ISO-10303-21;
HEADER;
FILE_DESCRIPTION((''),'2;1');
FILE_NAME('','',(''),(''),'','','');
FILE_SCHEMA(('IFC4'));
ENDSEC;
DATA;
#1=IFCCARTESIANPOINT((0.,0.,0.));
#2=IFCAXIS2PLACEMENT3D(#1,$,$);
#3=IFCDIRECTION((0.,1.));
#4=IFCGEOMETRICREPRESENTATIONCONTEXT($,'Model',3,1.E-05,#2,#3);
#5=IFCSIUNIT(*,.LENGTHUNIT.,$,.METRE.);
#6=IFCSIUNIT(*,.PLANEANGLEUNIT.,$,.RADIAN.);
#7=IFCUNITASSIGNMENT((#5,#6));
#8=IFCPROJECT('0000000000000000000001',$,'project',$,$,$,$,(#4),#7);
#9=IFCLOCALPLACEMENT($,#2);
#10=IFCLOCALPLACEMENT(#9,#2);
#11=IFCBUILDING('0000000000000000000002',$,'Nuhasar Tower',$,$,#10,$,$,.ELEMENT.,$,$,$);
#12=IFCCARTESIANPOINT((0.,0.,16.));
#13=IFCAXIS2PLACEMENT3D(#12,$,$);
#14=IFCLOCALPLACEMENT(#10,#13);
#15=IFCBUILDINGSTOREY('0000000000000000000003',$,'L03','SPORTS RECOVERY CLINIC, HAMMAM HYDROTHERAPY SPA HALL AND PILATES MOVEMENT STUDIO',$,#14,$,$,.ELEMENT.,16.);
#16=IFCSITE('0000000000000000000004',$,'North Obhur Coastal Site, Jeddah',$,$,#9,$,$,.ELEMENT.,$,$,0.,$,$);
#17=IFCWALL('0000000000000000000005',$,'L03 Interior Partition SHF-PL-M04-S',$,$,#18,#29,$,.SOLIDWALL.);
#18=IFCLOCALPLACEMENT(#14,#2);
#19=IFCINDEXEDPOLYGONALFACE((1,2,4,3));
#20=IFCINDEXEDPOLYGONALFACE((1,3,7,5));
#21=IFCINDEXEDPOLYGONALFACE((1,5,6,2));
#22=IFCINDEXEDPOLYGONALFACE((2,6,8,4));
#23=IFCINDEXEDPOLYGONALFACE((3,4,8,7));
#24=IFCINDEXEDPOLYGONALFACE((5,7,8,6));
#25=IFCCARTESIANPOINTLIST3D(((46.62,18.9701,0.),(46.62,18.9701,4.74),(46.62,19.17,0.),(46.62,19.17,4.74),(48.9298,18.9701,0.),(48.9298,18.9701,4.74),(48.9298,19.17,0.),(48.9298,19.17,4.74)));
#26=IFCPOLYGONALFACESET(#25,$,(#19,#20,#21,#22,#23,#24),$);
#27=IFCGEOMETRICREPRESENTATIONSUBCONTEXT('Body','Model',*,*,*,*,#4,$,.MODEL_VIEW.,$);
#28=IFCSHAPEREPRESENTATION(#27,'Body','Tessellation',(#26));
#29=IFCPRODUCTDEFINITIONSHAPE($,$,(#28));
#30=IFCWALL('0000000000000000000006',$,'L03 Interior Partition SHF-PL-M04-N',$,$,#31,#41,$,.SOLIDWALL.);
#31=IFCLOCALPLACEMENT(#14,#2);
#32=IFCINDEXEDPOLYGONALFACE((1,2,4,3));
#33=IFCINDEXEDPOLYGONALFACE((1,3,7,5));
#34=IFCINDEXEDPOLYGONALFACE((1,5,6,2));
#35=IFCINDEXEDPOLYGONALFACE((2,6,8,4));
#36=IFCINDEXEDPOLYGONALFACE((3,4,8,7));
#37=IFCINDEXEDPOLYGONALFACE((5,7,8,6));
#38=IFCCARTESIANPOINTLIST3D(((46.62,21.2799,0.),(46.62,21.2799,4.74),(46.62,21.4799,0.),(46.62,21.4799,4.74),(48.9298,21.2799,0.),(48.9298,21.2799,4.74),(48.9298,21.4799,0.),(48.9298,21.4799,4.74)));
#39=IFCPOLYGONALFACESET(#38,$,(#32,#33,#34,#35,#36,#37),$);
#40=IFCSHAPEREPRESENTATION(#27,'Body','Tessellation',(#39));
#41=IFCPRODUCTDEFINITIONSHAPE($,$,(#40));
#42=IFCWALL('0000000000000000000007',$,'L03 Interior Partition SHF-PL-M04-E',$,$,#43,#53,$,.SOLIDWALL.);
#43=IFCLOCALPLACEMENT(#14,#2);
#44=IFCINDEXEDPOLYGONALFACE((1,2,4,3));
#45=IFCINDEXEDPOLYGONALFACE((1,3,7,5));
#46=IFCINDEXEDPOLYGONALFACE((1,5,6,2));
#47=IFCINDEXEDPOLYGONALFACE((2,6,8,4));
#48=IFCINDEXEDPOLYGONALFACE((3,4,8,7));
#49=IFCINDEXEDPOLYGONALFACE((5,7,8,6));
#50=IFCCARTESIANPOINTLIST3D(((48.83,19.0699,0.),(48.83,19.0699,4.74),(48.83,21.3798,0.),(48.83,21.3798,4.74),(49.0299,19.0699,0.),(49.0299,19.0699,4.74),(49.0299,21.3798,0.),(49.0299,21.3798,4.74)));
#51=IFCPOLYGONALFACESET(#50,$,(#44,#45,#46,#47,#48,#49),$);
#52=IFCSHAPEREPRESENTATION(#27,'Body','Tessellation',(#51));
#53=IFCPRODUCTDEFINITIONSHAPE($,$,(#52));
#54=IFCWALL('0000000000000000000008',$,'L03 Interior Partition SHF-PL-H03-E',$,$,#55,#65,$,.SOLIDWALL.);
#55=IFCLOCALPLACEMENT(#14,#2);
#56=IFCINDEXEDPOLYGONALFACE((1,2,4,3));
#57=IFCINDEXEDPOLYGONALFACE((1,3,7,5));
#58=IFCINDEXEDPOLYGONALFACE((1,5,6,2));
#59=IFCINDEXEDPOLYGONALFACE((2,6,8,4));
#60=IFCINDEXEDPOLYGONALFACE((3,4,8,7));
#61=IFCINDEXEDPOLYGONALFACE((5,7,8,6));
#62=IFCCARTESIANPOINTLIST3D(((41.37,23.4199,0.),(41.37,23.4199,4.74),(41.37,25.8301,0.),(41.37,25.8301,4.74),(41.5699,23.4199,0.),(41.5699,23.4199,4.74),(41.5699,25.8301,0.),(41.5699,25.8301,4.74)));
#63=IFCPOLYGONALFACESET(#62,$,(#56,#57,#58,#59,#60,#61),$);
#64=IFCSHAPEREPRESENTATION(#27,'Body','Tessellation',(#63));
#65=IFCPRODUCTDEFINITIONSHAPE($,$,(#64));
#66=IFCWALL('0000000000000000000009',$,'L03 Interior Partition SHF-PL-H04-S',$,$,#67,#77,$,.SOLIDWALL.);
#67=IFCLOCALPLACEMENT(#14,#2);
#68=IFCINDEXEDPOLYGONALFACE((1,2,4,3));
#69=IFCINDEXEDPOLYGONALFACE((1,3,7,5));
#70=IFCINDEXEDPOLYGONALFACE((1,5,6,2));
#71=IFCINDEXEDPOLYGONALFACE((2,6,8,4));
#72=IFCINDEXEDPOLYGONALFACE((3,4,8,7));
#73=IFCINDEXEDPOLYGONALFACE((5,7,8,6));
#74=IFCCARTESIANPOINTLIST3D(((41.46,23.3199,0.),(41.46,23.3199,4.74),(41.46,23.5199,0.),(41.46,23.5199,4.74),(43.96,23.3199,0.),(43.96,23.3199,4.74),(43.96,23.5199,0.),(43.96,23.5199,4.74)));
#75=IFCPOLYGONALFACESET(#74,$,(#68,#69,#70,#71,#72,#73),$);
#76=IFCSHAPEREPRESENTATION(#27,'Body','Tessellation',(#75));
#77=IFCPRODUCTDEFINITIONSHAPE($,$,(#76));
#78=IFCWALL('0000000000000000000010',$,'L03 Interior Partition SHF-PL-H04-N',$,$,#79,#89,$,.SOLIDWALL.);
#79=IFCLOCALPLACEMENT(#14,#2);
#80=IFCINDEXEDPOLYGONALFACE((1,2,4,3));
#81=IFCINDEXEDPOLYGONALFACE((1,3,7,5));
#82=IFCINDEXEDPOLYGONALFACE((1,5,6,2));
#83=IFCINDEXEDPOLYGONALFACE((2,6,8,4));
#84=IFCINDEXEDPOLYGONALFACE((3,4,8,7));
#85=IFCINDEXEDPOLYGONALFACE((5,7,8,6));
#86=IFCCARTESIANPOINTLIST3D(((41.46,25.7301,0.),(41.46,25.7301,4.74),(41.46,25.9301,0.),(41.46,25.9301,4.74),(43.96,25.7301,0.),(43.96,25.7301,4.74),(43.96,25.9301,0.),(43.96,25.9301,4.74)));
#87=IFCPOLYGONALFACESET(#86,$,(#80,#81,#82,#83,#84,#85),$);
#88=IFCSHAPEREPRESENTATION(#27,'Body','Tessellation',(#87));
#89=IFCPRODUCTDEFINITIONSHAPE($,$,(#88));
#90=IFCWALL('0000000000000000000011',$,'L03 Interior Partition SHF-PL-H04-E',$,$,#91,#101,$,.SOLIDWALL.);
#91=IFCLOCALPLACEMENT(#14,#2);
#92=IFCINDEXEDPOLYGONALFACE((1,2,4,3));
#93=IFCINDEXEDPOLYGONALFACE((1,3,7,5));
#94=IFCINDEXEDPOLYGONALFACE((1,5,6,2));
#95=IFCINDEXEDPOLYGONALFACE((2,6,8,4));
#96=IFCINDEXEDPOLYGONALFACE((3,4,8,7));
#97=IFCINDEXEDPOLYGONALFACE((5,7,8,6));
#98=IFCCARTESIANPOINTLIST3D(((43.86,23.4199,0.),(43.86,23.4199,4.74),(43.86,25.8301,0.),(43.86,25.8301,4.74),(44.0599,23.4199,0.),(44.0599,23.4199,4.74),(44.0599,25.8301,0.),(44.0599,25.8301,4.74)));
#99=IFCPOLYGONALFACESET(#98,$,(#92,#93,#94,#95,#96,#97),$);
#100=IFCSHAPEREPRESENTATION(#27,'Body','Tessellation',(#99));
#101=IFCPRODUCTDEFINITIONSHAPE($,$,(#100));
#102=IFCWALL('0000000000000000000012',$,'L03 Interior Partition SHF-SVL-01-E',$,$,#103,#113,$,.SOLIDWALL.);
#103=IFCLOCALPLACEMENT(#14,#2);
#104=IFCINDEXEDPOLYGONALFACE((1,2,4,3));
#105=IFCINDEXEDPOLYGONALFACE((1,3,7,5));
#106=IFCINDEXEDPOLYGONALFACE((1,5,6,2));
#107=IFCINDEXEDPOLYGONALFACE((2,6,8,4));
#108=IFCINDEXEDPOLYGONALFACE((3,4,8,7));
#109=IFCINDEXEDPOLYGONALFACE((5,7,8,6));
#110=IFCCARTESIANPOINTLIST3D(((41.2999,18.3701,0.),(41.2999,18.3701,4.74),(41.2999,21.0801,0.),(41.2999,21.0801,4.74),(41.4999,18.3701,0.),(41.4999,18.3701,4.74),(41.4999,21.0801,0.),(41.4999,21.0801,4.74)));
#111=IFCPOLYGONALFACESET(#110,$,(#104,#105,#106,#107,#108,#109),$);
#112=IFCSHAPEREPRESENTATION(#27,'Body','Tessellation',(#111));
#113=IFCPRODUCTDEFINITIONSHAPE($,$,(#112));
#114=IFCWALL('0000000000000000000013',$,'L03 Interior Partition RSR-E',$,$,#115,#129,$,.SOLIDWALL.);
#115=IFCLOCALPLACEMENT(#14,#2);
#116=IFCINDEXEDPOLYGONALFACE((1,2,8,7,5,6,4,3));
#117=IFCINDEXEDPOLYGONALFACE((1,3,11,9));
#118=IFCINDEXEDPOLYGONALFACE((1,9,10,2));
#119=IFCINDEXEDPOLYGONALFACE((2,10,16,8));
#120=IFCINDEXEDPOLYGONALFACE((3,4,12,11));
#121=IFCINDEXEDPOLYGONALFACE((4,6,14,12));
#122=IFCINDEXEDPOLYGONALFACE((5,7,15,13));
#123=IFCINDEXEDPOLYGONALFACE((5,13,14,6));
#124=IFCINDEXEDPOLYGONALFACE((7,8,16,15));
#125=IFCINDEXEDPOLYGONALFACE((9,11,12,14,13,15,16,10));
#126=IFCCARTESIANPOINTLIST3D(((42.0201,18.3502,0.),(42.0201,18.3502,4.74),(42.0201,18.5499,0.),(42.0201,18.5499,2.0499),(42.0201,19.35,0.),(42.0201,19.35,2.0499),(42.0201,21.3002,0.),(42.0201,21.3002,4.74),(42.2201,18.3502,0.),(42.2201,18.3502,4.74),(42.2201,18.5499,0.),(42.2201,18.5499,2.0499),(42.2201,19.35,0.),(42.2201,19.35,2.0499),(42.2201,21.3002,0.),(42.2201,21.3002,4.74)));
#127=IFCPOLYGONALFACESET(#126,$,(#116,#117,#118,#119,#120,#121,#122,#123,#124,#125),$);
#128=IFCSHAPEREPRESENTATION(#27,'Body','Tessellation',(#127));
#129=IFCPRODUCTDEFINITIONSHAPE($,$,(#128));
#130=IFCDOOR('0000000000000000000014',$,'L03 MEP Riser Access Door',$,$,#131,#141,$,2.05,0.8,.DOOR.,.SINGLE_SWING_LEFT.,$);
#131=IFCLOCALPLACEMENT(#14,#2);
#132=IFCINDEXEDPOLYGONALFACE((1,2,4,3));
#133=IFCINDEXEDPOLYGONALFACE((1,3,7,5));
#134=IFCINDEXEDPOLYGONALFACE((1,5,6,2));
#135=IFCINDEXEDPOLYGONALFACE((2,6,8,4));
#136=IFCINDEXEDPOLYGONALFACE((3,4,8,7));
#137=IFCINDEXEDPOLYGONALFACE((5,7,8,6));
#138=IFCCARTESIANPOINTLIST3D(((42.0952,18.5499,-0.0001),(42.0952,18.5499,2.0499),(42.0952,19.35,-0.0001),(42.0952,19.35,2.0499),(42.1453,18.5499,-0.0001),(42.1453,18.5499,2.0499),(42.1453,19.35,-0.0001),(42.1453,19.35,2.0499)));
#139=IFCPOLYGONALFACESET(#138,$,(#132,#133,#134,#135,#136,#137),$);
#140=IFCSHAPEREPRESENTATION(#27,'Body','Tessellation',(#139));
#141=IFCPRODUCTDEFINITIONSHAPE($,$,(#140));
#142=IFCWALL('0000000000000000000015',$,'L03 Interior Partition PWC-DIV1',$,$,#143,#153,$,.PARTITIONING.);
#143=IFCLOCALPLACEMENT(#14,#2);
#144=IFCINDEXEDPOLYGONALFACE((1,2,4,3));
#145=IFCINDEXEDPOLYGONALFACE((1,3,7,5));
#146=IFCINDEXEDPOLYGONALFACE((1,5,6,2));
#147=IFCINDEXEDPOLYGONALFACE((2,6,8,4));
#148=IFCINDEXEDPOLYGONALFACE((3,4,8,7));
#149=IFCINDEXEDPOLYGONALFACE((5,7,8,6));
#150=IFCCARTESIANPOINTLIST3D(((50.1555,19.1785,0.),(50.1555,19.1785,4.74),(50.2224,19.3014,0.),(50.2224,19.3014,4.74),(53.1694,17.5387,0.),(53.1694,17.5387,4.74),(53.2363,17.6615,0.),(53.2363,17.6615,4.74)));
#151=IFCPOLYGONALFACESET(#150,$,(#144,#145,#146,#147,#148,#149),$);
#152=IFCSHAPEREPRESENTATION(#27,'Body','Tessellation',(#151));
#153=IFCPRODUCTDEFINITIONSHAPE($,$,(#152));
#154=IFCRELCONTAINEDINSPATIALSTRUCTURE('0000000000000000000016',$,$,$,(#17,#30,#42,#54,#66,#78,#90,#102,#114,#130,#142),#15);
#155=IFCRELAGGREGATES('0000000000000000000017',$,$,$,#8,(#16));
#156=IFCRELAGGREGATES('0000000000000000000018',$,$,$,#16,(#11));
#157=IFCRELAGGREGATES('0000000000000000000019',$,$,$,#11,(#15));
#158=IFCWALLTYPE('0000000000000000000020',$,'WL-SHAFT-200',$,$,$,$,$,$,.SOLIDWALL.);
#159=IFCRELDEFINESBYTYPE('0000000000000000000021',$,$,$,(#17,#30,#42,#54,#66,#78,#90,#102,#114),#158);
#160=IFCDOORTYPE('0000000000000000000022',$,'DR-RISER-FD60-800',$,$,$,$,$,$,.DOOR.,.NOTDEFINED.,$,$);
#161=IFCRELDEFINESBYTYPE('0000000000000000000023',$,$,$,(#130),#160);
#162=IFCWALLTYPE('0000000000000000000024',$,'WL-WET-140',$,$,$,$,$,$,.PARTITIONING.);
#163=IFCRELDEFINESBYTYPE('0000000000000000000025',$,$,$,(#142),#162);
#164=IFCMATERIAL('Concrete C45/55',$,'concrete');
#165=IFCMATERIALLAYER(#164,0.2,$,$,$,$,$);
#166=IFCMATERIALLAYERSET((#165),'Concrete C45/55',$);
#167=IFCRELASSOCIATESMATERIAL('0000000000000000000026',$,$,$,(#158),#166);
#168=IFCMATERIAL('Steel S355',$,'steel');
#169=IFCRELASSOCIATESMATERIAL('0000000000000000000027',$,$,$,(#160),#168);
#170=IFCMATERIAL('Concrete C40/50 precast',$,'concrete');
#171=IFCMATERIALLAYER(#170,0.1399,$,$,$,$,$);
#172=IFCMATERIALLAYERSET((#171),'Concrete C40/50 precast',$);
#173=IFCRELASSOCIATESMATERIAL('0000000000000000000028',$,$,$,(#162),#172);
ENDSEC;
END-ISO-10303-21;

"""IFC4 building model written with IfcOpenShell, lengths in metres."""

from ifc_helpers import new_model, si_unit, direction, frame, frame_2d, origin, place, context, subcontext, project, spatial, rectangle, extrude, material, layer, layer_set, type_object, element, fill, save


model = new_model("IFC4")

# Units and contexts
model_context = context("Model", 3, precision=1e-05, world=origin(), true_north=direction((0.0, 1.0)))
body_context = subcontext(model_context, "Body", "Model", "MODEL_VIEW")
ifc_project = project(units=[si_unit("LENGTHUNIT", "METRE"), si_unit("PLANEANGLEUNIT", "RADIAN")], contexts=[model_context])

# Site, building, storey
site_placement = place(None, origin())
site = spatial("IfcSite", under=ifc_project, at=site_placement, Name="North Obhur Coastal Site, Jeddah", CompositionType="ELEMENT", RefElevation=0.0)
building_placement = place(site_placement, origin())
building = spatial("IfcBuilding", under=site, at=building_placement, Name="Nuhasar Tower", CompositionType="ELEMENT")
storey_placement = place(building_placement, frame((0.0, 0.0, 16.0)))
storey = spatial("IfcBuildingStorey", under=building, at=storey_placement, Name="L03", Description="SPORTS RECOVERY CLINIC, HAMMAM HYDROTHERAPY SPA HALL AND PILATES MOVEMENT STUDIO", CompositionType="ELEMENT", Elevation=16.0)

# Shared definitions
ifc_material_1 = material(Name="Steel S355", Category="steel")

# Shared definitions
ifc_material_2 = material(Name="Concrete C45/55", Category="concrete")

# Walls
ifc_layer_1 = layer(ifc_material_2, 0.2)
ifc_layer_set_1 = layer_set([ifc_layer_1], Name="Concrete C45/55")
wall_type_1 = type_object("IfcWallType", Name="WL-SHAFT-200", PredefinedType="SOLIDWALL", material=ifc_layer_set_1)
for number, where, z_axis, x_axis, name in (
    (1, (46.6201, 19.0701, 0.0), (0.0, 0.0, 1.0), (1.0, 0.0, 0.0), "L03 Interior Partition SHF-PL-M04-S"),
    (2, (46.6201, 21.3799, 0.0), (0.0, 0.0, 1.0), (1.0, 0.0, 0.0), "L03 Interior Partition SHF-PL-M04-N"),
    (3, (48.9299, 19.0701, 0.0), (0.0, 0.0, 1.0), (0.0, 1.0, 0.0), "L03 Interior Partition SHF-PL-M04-E"),
):
    element("IfcWall", number, at=place(storey_placement, frame(where, z_axis=z_axis, x_axis=x_axis)), inside=storey, type_object=wall_type_1, Name=name, PredefinedType="SOLIDWALL", context=body_context, shape_type="SweptSolid", body=[
        extrude(rectangle(XDim=2.3098, YDim=0.2, at=frame_2d((1.1548, 0.0))), origin(), (0.0, 0.0, 1.0), 4.74),
    ])
wall_1_placement = place(storey_placement, frame((41.47, 23.4199, 0.0), z_axis=(0.0, 0.0, 1.0), x_axis=(0.0, 1.0, 0.0)))
element("IfcWall", 4, at=wall_1_placement, inside=storey, type_object=wall_type_1, Name="L03 Interior Partition SHF-PL-H03-E", PredefinedType="SOLIDWALL", context=body_context, shape_type="SweptSolid", body=[
    extrude(rectangle(XDim=2.4102, YDim=0.2, at=frame_2d((1.2051, 0.0))), origin(), (0.0, 0.0, 1.0), 4.74),
])
for number, where, z_axis, x_axis, name in (
    (5, (41.46, 23.4199, 0.0), (0.0, 0.0, 1.0), (1.0, 0.0, 0.0), "L03 Interior Partition SHF-PL-H04-S"),
    (6, (41.46, 25.8301, 0.0), (0.0, 0.0, 1.0), (1.0, 0.0, 0.0), "L03 Interior Partition SHF-PL-H04-N"),
):
    element("IfcWall", number, at=place(storey_placement, frame(where, z_axis=z_axis, x_axis=x_axis)), inside=storey, type_object=wall_type_1, Name=name, PredefinedType="SOLIDWALL", context=body_context, shape_type="SweptSolid", body=[
        extrude(rectangle(XDim=2.5, YDim=0.2, at=frame_2d((1.25, 0.0))), origin(), (0.0, 0.0, 1.0), 4.74),
    ])
wall_2_placement = place(storey_placement, frame((43.96, 23.4199, 0.0), z_axis=(0.0, 0.0, 1.0), x_axis=(0.0, 1.0, 0.0)))
element("IfcWall", 7, at=wall_2_placement, inside=storey, type_object=wall_type_1, Name="L03 Interior Partition SHF-PL-H04-E", PredefinedType="SOLIDWALL", context=body_context, shape_type="SweptSolid", body=[
    extrude(rectangle(XDim=2.4102, YDim=0.2, at=frame_2d((1.2051, 0.0))), origin(), (0.0, 0.0, 1.0), 4.74),
])
wall_3_placement = place(storey_placement, frame((41.3999, 18.3701, 0.0), z_axis=(0.0, 0.0, 1.0), x_axis=(0.0, 1.0, 0.0)))
element("IfcWall", 8, at=wall_3_placement, inside=storey, type_object=wall_type_1, Name="L03 Interior Partition SHF-SVL-01-E", PredefinedType="SOLIDWALL", context=body_context, shape_type="SweptSolid", body=[
    extrude(rectangle(XDim=2.71, YDim=0.2, at=frame_2d((1.355, 0.0))), origin(), (0.0, 0.0, 1.0), 4.74),
])

# Wall, opening, door
wall_4_placement = place(storey_placement, frame((42.1201, 18.3501, 0.0), z_axis=(0.0, 0.0, 1.0), x_axis=(0.0, 1.0, 0.0)))
wall_4 = element("IfcWall", 9, at=wall_4_placement, inside=storey, type_object=wall_type_1, Name="L03 Interior Partition RSR-E", PredefinedType="SOLIDWALL", context=body_context, shape_type="SweptSolid", body=[
    extrude(rectangle(XDim=2.95, YDim=0.2, at=frame_2d((1.4751, 0.0))), origin(), (0.0, 0.0, 1.0), 4.74),
])
opening_1_placement = place(wall_4_placement, frame((0.2, 0.0, 0.0)))
opening_1 = element("IfcOpeningElement", 10, at=opening_1_placement, cuts=wall_4, PredefinedType="OPENING", context=body_context, shape_type="SweptSolid", body=[
    extrude(rectangle(XDim=0.8, YDim=2.05, at=frame_2d((0.3999, 1.0249))), frame((0.0, 0.1099, 0.0), z_axis=(0.0, -1.0, 0.0), x_axis=(1.0, 0.0, 0.0)), (0.0, 0.0, 1.0), 0.22),
])
door_type_1 = type_object("IfcDoorType", Name="DR-RISER-FD60-800", OperationType="NOTDEFINED", PredefinedType="DOOR", material=ifc_material_1)
door_1_placement = place(opening_1_placement, origin())
door_1 = element("IfcDoor", 11, at=door_1_placement, inside=storey, type_object=door_type_1, Name="L03 MEP Riser Access Door", OperationType="SINGLE_SWING_LEFT", OverallHeight=2.05, OverallWidth=0.8, PredefinedType="DOOR", context=body_context, shape_type="SweptSolid", body=[
    extrude(rectangle(XDim=0.8, YDim=2.05, at=frame_2d((0.3999, 1.0249))), frame((0.0, 0.0249, 0.0), z_axis=(0.0, -1.0, 0.0), x_axis=(1.0, 0.0, 0.0)), (0.0, 0.0, 1.0), 0.05),
])
fill(opening_1, door_1)

# Wall
ifc_material_3 = material(Name="Concrete C40/50 precast", Category="concrete")
ifc_layer_2 = layer(ifc_material_3, 0.1399)
ifc_layer_set_2 = layer_set([ifc_layer_2], Name="Concrete C40/50 precast")
wall_type_2 = type_object("IfcWallType", Name="WL-WET-140", PredefinedType="PARTITIONING", material=ifc_layer_set_2)
wall_5_placement = place(storey_placement, frame((50.189, 19.24, 0.0), z_axis=(0.0, 0.0, 1.0), x_axis=(0.878393, -0.47794, 0.0)))
element("IfcWall", 12, at=wall_5_placement, inside=storey, type_object=wall_type_2, Name="L03 Interior Partition PWC-DIV1", PredefinedType="PARTITIONING", context=body_context, shape_type="SweptSolid", body=[
    extrude(rectangle(XDim=3.4312, YDim=0.1399, at=frame_2d((1.7156, 0.0))), origin(), (0.0, 0.0, 1.0), 4.74),
])

save(model, "model.ifc")
